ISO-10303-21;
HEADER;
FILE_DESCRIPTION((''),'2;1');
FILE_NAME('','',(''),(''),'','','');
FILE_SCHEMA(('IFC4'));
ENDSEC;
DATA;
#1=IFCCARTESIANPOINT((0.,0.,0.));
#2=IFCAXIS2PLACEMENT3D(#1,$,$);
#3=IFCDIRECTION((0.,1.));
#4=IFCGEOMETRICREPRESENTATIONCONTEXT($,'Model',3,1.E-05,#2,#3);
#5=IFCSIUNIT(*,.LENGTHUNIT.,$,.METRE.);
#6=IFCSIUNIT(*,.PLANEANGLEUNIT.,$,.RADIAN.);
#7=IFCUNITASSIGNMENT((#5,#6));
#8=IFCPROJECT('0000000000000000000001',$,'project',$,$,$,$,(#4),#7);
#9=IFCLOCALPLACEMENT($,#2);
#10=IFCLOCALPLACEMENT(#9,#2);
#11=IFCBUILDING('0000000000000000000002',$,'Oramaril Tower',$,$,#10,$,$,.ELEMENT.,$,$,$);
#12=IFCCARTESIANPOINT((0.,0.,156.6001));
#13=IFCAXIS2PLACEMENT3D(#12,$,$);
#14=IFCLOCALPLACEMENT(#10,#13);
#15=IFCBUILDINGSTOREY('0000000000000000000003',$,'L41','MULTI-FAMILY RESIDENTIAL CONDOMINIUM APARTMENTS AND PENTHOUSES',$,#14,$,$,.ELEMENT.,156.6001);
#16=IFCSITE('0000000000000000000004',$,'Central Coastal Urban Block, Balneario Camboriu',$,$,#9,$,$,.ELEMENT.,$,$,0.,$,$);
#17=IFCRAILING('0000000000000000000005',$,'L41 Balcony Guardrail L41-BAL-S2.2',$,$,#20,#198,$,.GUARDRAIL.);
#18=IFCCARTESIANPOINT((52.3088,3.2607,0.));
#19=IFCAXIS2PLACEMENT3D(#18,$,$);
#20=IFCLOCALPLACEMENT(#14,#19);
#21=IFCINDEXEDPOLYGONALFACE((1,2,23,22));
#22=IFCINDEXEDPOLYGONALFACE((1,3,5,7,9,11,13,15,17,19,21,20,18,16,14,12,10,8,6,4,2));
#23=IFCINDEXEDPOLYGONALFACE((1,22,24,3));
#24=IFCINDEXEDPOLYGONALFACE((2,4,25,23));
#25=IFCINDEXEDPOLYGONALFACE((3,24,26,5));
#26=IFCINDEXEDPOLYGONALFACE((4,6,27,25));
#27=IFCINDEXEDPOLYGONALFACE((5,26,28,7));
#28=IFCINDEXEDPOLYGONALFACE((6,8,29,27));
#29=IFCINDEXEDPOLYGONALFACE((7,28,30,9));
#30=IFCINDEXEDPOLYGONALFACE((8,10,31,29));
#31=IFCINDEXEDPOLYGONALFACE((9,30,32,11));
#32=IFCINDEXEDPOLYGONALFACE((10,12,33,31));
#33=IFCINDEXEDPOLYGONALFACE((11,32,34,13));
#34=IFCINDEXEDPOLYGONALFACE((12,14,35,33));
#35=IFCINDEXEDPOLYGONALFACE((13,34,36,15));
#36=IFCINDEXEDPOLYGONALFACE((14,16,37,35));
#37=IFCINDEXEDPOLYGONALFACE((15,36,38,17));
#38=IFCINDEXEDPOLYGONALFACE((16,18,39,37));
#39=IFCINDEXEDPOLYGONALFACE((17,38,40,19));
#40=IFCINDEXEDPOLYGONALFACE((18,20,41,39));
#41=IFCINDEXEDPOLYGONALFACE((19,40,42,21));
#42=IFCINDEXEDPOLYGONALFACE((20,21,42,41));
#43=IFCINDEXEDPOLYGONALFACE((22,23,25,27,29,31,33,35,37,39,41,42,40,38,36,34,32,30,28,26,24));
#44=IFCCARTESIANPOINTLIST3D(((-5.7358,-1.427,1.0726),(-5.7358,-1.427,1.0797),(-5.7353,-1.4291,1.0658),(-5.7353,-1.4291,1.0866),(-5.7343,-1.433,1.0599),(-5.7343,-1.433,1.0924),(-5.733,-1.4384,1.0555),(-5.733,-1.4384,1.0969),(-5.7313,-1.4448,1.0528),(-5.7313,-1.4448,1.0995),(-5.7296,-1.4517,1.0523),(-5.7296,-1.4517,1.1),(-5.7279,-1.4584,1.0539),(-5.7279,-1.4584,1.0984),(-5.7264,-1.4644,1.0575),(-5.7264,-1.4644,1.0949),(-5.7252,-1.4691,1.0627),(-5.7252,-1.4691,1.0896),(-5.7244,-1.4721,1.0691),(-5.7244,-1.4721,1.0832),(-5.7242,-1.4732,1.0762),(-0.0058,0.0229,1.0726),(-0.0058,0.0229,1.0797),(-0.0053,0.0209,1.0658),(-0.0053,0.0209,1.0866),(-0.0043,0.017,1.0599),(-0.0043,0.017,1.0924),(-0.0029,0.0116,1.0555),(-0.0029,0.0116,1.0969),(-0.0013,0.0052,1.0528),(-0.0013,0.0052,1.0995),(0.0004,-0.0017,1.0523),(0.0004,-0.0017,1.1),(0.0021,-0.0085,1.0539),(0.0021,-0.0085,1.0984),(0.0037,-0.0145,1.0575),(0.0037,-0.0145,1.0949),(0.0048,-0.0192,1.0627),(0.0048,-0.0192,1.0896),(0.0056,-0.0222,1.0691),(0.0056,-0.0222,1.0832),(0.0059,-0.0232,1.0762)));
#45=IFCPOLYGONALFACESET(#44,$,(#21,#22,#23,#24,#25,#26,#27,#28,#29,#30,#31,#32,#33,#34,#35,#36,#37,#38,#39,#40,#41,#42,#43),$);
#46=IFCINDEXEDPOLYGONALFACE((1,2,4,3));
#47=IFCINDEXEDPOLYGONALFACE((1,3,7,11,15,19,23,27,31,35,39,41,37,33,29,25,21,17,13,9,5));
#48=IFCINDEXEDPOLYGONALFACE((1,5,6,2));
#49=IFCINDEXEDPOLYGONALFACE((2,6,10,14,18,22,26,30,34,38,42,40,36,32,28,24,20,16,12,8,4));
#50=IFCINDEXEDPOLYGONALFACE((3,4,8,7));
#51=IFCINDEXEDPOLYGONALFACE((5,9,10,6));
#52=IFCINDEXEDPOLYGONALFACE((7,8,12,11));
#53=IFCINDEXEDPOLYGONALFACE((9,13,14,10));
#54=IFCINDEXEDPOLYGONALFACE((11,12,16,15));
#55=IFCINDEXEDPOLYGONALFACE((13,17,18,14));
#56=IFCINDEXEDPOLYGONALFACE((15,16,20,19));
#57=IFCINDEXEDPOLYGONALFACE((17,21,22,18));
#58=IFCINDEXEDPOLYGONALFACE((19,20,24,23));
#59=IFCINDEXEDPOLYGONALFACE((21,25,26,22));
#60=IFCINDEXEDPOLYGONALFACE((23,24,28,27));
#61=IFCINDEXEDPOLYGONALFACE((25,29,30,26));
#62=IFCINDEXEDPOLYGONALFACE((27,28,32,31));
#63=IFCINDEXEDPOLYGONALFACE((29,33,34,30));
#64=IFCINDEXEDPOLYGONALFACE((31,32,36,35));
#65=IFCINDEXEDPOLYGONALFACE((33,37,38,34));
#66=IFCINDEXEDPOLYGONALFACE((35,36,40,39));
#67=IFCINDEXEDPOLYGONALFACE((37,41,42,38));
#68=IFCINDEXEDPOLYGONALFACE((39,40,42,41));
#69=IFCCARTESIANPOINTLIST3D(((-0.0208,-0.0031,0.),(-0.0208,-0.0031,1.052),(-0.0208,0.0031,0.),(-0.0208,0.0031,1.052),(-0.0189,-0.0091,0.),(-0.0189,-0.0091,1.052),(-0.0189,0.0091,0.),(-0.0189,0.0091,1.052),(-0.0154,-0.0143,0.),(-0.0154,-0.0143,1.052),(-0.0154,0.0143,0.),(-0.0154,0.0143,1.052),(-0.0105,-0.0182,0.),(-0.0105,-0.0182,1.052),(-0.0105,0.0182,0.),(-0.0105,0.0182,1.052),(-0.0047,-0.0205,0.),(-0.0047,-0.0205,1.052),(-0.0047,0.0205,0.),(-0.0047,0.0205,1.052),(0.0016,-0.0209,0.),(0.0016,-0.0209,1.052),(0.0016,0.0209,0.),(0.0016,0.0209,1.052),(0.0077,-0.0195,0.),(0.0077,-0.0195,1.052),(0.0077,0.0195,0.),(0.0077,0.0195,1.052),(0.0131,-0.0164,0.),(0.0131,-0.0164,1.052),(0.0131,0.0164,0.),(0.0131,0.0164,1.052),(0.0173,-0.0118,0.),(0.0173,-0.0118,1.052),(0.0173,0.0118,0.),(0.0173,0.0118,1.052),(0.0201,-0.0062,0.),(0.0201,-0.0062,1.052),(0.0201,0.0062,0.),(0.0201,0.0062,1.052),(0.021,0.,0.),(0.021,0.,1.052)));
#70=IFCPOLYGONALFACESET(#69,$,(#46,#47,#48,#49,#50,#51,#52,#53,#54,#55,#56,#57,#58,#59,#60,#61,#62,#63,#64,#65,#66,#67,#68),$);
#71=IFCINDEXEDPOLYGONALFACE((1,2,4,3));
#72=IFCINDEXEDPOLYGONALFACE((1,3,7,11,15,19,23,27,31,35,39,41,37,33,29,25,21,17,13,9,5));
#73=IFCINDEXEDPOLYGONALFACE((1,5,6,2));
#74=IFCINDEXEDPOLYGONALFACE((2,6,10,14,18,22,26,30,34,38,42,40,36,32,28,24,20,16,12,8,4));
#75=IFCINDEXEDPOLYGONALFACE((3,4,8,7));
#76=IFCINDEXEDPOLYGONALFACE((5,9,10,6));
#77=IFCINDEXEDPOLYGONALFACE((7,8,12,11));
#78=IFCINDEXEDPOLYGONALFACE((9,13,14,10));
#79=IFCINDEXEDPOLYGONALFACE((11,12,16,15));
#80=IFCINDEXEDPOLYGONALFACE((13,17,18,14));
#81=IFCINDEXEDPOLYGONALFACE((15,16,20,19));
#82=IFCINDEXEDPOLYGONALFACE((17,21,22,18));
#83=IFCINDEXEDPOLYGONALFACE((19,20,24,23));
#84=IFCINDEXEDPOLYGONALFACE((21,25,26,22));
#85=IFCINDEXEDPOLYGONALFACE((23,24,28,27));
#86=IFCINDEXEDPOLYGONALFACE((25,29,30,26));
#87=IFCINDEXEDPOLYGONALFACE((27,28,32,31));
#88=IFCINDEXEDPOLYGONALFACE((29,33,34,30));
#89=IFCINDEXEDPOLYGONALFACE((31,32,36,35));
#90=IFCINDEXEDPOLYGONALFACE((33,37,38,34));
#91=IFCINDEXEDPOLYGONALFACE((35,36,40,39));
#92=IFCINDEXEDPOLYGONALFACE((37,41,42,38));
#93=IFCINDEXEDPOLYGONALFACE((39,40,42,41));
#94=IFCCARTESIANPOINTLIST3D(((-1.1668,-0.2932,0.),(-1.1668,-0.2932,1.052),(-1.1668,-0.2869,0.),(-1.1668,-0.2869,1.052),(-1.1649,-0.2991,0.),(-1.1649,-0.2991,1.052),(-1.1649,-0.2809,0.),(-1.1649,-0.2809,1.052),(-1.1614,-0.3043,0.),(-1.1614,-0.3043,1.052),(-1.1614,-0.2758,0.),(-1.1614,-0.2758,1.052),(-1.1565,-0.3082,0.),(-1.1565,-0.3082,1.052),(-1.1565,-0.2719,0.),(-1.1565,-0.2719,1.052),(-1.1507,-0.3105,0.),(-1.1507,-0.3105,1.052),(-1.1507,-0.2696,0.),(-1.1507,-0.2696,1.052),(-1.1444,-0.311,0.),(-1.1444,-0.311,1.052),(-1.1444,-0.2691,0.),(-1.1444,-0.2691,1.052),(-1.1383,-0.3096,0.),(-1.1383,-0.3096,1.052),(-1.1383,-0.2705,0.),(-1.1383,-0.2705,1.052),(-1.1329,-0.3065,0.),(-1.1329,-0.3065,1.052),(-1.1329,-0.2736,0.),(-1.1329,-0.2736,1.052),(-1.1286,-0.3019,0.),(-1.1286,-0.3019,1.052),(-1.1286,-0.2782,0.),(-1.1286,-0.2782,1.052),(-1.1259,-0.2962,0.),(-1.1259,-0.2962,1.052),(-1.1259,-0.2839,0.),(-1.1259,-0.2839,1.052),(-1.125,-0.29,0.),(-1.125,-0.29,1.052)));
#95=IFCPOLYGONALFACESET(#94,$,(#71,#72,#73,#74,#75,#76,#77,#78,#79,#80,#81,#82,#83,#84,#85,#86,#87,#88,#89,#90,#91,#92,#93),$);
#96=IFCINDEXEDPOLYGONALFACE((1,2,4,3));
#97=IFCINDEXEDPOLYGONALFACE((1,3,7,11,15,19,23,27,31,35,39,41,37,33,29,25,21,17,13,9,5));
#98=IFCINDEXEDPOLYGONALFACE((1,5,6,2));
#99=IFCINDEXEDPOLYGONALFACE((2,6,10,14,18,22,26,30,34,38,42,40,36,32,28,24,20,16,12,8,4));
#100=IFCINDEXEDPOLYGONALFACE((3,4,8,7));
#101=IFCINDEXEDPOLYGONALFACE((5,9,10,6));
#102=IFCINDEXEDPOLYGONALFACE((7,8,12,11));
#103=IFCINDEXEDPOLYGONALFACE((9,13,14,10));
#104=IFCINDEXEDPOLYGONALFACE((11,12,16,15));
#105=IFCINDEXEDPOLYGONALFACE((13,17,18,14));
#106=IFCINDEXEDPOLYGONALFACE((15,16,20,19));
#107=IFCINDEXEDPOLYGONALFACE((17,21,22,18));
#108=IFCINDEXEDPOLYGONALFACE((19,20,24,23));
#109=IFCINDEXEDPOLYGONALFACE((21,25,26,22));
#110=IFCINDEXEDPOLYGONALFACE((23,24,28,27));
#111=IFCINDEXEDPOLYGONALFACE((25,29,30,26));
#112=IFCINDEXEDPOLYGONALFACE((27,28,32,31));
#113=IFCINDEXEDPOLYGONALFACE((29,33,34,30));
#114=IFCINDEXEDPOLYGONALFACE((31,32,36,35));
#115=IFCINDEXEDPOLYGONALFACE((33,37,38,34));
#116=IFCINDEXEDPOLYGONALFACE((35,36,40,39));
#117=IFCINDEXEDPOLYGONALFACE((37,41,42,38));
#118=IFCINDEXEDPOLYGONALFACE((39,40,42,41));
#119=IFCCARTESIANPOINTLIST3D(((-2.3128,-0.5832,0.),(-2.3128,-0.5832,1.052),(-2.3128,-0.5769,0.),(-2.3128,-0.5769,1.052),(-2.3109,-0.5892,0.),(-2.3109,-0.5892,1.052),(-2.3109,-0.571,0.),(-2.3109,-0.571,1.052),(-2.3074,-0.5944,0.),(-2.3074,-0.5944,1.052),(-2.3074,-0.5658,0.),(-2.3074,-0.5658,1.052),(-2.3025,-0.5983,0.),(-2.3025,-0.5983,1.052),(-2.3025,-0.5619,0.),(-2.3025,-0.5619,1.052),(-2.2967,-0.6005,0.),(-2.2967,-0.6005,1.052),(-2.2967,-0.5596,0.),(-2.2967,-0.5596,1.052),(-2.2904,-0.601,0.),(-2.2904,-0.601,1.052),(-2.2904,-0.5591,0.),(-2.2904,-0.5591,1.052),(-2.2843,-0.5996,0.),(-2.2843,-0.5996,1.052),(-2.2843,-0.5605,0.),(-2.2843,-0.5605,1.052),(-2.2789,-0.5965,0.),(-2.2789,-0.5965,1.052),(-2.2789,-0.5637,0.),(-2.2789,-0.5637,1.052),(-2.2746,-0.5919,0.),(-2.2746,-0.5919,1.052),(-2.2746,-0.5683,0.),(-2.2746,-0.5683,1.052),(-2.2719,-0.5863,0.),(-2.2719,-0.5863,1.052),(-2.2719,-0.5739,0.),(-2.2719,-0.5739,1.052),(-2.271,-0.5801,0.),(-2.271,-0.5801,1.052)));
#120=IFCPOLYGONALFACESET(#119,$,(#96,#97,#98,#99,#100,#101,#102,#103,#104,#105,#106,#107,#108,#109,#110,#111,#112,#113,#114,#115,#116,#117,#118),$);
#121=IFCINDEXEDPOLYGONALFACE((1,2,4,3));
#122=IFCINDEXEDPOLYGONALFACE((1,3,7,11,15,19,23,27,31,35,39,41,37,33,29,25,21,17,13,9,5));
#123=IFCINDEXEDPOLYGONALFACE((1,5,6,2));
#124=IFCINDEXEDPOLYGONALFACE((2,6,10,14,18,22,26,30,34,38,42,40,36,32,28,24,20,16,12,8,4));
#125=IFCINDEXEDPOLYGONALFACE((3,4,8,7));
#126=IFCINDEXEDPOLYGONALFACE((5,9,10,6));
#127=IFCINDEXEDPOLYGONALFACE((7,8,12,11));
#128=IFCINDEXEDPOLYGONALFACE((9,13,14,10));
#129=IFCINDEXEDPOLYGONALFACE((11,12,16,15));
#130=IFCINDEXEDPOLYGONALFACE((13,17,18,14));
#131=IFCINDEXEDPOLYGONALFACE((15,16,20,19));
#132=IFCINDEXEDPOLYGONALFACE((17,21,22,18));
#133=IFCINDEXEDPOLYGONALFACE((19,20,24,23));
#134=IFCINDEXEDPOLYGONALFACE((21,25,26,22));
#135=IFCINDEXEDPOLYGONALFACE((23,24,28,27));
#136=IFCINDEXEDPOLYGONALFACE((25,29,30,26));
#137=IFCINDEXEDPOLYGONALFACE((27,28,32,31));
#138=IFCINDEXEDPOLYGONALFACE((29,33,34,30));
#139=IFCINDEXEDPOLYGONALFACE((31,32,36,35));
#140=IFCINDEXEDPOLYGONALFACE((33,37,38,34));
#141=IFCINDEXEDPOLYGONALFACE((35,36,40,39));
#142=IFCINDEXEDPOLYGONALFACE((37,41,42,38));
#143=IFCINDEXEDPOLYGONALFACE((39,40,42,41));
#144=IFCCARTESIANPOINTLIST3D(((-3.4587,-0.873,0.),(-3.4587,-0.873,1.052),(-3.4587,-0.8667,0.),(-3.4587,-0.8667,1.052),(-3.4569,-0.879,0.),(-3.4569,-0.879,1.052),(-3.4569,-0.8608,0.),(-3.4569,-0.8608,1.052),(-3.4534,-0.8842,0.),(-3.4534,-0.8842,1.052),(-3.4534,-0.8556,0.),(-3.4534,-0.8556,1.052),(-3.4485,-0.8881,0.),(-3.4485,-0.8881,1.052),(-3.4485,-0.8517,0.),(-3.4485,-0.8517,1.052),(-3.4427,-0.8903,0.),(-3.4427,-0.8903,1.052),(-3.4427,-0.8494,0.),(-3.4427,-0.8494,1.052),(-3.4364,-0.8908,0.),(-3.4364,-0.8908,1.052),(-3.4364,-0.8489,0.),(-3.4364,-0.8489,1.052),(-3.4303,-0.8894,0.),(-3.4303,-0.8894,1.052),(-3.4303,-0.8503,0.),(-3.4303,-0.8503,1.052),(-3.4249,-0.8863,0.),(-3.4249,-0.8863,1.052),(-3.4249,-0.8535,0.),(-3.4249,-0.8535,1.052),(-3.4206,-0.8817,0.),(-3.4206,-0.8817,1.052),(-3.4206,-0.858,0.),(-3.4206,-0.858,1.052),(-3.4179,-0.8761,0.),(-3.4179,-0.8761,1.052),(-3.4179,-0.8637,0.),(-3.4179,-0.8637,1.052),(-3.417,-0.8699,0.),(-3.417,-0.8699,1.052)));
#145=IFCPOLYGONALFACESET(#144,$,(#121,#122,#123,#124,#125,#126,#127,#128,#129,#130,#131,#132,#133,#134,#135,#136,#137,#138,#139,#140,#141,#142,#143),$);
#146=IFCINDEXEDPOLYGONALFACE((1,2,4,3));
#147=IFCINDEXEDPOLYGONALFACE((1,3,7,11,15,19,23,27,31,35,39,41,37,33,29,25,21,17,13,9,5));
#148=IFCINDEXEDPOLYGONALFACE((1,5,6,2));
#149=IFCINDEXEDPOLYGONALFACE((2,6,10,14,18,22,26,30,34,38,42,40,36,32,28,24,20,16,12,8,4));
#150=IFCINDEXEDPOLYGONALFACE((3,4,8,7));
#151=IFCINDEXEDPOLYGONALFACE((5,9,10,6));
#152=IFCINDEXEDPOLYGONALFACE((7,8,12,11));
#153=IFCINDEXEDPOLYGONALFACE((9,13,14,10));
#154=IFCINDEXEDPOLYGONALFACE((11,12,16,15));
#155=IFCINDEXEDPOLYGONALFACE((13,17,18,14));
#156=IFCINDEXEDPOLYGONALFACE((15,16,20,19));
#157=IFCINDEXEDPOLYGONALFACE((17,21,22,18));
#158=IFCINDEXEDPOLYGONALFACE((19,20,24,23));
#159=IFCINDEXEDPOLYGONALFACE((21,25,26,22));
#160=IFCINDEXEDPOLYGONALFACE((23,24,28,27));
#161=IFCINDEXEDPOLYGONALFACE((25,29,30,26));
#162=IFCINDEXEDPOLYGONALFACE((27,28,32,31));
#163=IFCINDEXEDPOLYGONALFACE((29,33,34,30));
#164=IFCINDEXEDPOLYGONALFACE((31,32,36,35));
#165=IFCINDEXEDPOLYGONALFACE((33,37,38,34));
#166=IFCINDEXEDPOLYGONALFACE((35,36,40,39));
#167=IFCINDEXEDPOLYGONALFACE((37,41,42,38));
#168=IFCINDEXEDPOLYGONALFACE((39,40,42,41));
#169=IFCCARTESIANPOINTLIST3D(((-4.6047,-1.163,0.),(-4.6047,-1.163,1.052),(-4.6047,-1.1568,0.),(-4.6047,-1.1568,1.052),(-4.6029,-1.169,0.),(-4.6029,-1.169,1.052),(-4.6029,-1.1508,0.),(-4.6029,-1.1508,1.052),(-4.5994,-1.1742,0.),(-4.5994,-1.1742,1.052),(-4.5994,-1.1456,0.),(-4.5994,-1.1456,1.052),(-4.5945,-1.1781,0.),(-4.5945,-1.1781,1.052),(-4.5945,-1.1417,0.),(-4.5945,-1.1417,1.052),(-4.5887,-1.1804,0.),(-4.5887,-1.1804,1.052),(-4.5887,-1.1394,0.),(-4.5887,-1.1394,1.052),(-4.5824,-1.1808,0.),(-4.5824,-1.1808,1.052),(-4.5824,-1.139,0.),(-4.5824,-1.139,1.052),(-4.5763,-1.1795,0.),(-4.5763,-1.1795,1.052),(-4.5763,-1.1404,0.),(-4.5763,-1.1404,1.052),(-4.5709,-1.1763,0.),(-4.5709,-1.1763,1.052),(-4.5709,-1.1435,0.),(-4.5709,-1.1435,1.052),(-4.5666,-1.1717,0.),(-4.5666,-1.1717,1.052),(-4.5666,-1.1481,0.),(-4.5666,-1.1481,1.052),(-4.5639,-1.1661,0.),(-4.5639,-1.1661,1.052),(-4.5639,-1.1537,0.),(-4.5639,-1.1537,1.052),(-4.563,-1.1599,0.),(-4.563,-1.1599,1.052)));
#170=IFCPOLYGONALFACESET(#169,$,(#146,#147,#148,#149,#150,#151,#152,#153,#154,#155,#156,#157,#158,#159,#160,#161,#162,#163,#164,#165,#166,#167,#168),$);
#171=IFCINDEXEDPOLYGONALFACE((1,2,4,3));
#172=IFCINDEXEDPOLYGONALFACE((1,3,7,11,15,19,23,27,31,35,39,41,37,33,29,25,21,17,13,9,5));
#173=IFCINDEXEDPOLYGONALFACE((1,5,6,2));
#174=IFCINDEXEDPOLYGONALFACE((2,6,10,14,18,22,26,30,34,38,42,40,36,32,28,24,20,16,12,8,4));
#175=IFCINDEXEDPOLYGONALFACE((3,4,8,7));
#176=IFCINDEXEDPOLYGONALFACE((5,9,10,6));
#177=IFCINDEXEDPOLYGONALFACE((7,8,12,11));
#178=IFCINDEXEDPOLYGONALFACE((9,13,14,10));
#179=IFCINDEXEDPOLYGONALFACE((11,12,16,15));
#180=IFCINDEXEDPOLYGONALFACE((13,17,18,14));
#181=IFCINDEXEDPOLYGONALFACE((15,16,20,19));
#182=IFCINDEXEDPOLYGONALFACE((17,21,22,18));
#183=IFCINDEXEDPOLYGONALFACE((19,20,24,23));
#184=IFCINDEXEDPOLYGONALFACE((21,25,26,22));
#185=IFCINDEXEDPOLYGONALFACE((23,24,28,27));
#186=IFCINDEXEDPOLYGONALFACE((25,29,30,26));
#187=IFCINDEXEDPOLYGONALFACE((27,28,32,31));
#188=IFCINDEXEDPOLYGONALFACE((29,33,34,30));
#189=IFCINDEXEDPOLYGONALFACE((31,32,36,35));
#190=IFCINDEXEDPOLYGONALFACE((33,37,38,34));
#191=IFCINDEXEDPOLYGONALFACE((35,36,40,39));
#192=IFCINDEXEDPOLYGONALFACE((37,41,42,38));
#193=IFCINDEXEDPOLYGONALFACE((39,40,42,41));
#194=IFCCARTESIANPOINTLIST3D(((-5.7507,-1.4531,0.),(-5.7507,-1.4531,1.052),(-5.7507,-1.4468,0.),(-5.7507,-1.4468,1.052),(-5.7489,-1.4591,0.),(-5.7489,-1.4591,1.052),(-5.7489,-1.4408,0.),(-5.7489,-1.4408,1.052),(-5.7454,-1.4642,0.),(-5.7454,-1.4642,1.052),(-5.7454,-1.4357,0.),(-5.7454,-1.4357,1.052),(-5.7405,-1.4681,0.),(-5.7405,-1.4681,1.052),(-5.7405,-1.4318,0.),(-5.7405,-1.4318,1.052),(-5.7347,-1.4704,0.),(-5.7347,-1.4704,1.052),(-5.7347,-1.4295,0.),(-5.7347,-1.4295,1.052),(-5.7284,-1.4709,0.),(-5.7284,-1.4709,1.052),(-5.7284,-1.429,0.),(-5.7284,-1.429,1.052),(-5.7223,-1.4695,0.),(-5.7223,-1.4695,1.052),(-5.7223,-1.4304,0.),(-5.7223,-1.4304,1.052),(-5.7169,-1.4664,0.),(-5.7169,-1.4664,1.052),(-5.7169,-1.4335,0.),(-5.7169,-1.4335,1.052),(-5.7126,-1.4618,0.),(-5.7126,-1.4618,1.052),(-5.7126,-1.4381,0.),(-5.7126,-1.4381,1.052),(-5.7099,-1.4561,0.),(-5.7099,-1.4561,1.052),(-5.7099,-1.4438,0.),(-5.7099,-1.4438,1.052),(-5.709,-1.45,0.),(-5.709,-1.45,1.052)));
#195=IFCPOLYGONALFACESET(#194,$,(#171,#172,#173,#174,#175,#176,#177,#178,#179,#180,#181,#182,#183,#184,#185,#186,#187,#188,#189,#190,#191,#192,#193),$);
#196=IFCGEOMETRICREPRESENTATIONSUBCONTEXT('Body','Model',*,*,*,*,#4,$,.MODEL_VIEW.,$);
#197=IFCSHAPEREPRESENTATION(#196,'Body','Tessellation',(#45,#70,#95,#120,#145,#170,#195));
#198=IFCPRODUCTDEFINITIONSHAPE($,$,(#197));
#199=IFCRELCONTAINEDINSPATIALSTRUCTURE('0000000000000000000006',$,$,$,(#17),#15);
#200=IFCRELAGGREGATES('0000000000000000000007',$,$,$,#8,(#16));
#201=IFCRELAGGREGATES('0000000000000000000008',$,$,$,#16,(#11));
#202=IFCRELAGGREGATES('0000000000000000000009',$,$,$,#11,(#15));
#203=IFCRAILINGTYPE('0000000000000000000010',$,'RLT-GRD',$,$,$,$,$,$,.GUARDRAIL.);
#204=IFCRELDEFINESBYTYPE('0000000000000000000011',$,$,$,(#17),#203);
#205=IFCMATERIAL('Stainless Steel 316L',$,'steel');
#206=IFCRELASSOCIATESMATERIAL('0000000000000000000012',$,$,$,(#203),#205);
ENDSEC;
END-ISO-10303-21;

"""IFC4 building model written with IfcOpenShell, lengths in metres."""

from ifc_helpers import new_model, si_unit, direction, frame, origin, origin_2d, place, context, subcontext, project, spatial, circle, extrude, material, type_object, element, save


model = new_model("IFC4")

# Units and contexts
model_context = context("Model", 3, precision=1e-05, world=origin(), true_north=direction((0.0, 1.0)))
body_context = subcontext(model_context, "Body", "Model", "MODEL_VIEW")
ifc_project = project(units=[si_unit("LENGTHUNIT", "METRE"), si_unit("PLANEANGLEUNIT", "RADIAN")], contexts=[model_context])

# Site, building, storey
site_placement = place(None, origin())
site = spatial("IfcSite", under=ifc_project, at=site_placement, Name="Central Coastal Urban Block, Balneario Camboriu", CompositionType="ELEMENT", RefElevation=0.0)
building_placement = place(site_placement, origin())
building = spatial("IfcBuilding", under=site, at=building_placement, Name="Oramaril Tower", CompositionType="ELEMENT")
storey_placement = place(building_placement, frame((0.0, 0.0, 156.6001)))
storey = spatial("IfcBuildingStorey", under=building, at=storey_placement, Name="L41", Description="MULTI-FAMILY RESIDENTIAL CONDOMINIUM APARTMENTS AND PENTHOUSES", CompositionType="ELEMENT", Elevation=156.6001)

# Railing
ifc_material_1 = material(Name="Stainless Steel 316L", Category="steel")
railing_type = type_object("IfcRailingType", Name="RLT-GRD", PredefinedType="GUARDRAIL", material=ifc_material_1)
railing_1_placement = place(storey_placement, frame((52.3088, 3.2607, 0.0)))
element("IfcRailing", 1, at=railing_1_placement, inside=storey, type_object=railing_type, Name="L41 Balcony Guardrail L41-BAL-S2.2", PredefinedType="GUARDRAIL", context=body_context, shape_type="SweptSolid", body=[
    extrude(circle(Radius=0.0239, at=origin_2d()), frame((0.0, 0.0, 1.0762), z_axis=(-0.969444, -0.245314, 0.0), x_axis=(0.245314, -0.969444, 0.0)), (0.0, 0.0, 1.0), 5.9106),
    extrude(circle(Radius=0.021, at=origin_2d()), origin(), (0.0, 0.0, 1.0), 1.052),
    extrude(circle(Radius=0.021, at=origin_2d()), frame((-1.146, -0.29, 0.0)), (0.0, 0.0, 1.0), 1.052),
    extrude(circle(Radius=0.021, at=origin_2d()), frame((-2.292, -0.5801, 0.0)), (0.0, 0.0, 1.0), 1.052),
    extrude(circle(Radius=0.021, at=origin_2d()), frame((-3.438, -0.8699, 0.0)), (0.0, 0.0, 1.0), 1.052),
    extrude(circle(Radius=0.021, at=origin_2d()), frame((-4.584, -1.1599, 0.0)), (0.0, 0.0, 1.0), 1.052),
    extrude(circle(Radius=0.021, at=origin_2d()), frame((-5.73, -1.45, 0.0)), (0.0, 0.0, 1.0), 1.052),
])

save(model, "model.ifc")
